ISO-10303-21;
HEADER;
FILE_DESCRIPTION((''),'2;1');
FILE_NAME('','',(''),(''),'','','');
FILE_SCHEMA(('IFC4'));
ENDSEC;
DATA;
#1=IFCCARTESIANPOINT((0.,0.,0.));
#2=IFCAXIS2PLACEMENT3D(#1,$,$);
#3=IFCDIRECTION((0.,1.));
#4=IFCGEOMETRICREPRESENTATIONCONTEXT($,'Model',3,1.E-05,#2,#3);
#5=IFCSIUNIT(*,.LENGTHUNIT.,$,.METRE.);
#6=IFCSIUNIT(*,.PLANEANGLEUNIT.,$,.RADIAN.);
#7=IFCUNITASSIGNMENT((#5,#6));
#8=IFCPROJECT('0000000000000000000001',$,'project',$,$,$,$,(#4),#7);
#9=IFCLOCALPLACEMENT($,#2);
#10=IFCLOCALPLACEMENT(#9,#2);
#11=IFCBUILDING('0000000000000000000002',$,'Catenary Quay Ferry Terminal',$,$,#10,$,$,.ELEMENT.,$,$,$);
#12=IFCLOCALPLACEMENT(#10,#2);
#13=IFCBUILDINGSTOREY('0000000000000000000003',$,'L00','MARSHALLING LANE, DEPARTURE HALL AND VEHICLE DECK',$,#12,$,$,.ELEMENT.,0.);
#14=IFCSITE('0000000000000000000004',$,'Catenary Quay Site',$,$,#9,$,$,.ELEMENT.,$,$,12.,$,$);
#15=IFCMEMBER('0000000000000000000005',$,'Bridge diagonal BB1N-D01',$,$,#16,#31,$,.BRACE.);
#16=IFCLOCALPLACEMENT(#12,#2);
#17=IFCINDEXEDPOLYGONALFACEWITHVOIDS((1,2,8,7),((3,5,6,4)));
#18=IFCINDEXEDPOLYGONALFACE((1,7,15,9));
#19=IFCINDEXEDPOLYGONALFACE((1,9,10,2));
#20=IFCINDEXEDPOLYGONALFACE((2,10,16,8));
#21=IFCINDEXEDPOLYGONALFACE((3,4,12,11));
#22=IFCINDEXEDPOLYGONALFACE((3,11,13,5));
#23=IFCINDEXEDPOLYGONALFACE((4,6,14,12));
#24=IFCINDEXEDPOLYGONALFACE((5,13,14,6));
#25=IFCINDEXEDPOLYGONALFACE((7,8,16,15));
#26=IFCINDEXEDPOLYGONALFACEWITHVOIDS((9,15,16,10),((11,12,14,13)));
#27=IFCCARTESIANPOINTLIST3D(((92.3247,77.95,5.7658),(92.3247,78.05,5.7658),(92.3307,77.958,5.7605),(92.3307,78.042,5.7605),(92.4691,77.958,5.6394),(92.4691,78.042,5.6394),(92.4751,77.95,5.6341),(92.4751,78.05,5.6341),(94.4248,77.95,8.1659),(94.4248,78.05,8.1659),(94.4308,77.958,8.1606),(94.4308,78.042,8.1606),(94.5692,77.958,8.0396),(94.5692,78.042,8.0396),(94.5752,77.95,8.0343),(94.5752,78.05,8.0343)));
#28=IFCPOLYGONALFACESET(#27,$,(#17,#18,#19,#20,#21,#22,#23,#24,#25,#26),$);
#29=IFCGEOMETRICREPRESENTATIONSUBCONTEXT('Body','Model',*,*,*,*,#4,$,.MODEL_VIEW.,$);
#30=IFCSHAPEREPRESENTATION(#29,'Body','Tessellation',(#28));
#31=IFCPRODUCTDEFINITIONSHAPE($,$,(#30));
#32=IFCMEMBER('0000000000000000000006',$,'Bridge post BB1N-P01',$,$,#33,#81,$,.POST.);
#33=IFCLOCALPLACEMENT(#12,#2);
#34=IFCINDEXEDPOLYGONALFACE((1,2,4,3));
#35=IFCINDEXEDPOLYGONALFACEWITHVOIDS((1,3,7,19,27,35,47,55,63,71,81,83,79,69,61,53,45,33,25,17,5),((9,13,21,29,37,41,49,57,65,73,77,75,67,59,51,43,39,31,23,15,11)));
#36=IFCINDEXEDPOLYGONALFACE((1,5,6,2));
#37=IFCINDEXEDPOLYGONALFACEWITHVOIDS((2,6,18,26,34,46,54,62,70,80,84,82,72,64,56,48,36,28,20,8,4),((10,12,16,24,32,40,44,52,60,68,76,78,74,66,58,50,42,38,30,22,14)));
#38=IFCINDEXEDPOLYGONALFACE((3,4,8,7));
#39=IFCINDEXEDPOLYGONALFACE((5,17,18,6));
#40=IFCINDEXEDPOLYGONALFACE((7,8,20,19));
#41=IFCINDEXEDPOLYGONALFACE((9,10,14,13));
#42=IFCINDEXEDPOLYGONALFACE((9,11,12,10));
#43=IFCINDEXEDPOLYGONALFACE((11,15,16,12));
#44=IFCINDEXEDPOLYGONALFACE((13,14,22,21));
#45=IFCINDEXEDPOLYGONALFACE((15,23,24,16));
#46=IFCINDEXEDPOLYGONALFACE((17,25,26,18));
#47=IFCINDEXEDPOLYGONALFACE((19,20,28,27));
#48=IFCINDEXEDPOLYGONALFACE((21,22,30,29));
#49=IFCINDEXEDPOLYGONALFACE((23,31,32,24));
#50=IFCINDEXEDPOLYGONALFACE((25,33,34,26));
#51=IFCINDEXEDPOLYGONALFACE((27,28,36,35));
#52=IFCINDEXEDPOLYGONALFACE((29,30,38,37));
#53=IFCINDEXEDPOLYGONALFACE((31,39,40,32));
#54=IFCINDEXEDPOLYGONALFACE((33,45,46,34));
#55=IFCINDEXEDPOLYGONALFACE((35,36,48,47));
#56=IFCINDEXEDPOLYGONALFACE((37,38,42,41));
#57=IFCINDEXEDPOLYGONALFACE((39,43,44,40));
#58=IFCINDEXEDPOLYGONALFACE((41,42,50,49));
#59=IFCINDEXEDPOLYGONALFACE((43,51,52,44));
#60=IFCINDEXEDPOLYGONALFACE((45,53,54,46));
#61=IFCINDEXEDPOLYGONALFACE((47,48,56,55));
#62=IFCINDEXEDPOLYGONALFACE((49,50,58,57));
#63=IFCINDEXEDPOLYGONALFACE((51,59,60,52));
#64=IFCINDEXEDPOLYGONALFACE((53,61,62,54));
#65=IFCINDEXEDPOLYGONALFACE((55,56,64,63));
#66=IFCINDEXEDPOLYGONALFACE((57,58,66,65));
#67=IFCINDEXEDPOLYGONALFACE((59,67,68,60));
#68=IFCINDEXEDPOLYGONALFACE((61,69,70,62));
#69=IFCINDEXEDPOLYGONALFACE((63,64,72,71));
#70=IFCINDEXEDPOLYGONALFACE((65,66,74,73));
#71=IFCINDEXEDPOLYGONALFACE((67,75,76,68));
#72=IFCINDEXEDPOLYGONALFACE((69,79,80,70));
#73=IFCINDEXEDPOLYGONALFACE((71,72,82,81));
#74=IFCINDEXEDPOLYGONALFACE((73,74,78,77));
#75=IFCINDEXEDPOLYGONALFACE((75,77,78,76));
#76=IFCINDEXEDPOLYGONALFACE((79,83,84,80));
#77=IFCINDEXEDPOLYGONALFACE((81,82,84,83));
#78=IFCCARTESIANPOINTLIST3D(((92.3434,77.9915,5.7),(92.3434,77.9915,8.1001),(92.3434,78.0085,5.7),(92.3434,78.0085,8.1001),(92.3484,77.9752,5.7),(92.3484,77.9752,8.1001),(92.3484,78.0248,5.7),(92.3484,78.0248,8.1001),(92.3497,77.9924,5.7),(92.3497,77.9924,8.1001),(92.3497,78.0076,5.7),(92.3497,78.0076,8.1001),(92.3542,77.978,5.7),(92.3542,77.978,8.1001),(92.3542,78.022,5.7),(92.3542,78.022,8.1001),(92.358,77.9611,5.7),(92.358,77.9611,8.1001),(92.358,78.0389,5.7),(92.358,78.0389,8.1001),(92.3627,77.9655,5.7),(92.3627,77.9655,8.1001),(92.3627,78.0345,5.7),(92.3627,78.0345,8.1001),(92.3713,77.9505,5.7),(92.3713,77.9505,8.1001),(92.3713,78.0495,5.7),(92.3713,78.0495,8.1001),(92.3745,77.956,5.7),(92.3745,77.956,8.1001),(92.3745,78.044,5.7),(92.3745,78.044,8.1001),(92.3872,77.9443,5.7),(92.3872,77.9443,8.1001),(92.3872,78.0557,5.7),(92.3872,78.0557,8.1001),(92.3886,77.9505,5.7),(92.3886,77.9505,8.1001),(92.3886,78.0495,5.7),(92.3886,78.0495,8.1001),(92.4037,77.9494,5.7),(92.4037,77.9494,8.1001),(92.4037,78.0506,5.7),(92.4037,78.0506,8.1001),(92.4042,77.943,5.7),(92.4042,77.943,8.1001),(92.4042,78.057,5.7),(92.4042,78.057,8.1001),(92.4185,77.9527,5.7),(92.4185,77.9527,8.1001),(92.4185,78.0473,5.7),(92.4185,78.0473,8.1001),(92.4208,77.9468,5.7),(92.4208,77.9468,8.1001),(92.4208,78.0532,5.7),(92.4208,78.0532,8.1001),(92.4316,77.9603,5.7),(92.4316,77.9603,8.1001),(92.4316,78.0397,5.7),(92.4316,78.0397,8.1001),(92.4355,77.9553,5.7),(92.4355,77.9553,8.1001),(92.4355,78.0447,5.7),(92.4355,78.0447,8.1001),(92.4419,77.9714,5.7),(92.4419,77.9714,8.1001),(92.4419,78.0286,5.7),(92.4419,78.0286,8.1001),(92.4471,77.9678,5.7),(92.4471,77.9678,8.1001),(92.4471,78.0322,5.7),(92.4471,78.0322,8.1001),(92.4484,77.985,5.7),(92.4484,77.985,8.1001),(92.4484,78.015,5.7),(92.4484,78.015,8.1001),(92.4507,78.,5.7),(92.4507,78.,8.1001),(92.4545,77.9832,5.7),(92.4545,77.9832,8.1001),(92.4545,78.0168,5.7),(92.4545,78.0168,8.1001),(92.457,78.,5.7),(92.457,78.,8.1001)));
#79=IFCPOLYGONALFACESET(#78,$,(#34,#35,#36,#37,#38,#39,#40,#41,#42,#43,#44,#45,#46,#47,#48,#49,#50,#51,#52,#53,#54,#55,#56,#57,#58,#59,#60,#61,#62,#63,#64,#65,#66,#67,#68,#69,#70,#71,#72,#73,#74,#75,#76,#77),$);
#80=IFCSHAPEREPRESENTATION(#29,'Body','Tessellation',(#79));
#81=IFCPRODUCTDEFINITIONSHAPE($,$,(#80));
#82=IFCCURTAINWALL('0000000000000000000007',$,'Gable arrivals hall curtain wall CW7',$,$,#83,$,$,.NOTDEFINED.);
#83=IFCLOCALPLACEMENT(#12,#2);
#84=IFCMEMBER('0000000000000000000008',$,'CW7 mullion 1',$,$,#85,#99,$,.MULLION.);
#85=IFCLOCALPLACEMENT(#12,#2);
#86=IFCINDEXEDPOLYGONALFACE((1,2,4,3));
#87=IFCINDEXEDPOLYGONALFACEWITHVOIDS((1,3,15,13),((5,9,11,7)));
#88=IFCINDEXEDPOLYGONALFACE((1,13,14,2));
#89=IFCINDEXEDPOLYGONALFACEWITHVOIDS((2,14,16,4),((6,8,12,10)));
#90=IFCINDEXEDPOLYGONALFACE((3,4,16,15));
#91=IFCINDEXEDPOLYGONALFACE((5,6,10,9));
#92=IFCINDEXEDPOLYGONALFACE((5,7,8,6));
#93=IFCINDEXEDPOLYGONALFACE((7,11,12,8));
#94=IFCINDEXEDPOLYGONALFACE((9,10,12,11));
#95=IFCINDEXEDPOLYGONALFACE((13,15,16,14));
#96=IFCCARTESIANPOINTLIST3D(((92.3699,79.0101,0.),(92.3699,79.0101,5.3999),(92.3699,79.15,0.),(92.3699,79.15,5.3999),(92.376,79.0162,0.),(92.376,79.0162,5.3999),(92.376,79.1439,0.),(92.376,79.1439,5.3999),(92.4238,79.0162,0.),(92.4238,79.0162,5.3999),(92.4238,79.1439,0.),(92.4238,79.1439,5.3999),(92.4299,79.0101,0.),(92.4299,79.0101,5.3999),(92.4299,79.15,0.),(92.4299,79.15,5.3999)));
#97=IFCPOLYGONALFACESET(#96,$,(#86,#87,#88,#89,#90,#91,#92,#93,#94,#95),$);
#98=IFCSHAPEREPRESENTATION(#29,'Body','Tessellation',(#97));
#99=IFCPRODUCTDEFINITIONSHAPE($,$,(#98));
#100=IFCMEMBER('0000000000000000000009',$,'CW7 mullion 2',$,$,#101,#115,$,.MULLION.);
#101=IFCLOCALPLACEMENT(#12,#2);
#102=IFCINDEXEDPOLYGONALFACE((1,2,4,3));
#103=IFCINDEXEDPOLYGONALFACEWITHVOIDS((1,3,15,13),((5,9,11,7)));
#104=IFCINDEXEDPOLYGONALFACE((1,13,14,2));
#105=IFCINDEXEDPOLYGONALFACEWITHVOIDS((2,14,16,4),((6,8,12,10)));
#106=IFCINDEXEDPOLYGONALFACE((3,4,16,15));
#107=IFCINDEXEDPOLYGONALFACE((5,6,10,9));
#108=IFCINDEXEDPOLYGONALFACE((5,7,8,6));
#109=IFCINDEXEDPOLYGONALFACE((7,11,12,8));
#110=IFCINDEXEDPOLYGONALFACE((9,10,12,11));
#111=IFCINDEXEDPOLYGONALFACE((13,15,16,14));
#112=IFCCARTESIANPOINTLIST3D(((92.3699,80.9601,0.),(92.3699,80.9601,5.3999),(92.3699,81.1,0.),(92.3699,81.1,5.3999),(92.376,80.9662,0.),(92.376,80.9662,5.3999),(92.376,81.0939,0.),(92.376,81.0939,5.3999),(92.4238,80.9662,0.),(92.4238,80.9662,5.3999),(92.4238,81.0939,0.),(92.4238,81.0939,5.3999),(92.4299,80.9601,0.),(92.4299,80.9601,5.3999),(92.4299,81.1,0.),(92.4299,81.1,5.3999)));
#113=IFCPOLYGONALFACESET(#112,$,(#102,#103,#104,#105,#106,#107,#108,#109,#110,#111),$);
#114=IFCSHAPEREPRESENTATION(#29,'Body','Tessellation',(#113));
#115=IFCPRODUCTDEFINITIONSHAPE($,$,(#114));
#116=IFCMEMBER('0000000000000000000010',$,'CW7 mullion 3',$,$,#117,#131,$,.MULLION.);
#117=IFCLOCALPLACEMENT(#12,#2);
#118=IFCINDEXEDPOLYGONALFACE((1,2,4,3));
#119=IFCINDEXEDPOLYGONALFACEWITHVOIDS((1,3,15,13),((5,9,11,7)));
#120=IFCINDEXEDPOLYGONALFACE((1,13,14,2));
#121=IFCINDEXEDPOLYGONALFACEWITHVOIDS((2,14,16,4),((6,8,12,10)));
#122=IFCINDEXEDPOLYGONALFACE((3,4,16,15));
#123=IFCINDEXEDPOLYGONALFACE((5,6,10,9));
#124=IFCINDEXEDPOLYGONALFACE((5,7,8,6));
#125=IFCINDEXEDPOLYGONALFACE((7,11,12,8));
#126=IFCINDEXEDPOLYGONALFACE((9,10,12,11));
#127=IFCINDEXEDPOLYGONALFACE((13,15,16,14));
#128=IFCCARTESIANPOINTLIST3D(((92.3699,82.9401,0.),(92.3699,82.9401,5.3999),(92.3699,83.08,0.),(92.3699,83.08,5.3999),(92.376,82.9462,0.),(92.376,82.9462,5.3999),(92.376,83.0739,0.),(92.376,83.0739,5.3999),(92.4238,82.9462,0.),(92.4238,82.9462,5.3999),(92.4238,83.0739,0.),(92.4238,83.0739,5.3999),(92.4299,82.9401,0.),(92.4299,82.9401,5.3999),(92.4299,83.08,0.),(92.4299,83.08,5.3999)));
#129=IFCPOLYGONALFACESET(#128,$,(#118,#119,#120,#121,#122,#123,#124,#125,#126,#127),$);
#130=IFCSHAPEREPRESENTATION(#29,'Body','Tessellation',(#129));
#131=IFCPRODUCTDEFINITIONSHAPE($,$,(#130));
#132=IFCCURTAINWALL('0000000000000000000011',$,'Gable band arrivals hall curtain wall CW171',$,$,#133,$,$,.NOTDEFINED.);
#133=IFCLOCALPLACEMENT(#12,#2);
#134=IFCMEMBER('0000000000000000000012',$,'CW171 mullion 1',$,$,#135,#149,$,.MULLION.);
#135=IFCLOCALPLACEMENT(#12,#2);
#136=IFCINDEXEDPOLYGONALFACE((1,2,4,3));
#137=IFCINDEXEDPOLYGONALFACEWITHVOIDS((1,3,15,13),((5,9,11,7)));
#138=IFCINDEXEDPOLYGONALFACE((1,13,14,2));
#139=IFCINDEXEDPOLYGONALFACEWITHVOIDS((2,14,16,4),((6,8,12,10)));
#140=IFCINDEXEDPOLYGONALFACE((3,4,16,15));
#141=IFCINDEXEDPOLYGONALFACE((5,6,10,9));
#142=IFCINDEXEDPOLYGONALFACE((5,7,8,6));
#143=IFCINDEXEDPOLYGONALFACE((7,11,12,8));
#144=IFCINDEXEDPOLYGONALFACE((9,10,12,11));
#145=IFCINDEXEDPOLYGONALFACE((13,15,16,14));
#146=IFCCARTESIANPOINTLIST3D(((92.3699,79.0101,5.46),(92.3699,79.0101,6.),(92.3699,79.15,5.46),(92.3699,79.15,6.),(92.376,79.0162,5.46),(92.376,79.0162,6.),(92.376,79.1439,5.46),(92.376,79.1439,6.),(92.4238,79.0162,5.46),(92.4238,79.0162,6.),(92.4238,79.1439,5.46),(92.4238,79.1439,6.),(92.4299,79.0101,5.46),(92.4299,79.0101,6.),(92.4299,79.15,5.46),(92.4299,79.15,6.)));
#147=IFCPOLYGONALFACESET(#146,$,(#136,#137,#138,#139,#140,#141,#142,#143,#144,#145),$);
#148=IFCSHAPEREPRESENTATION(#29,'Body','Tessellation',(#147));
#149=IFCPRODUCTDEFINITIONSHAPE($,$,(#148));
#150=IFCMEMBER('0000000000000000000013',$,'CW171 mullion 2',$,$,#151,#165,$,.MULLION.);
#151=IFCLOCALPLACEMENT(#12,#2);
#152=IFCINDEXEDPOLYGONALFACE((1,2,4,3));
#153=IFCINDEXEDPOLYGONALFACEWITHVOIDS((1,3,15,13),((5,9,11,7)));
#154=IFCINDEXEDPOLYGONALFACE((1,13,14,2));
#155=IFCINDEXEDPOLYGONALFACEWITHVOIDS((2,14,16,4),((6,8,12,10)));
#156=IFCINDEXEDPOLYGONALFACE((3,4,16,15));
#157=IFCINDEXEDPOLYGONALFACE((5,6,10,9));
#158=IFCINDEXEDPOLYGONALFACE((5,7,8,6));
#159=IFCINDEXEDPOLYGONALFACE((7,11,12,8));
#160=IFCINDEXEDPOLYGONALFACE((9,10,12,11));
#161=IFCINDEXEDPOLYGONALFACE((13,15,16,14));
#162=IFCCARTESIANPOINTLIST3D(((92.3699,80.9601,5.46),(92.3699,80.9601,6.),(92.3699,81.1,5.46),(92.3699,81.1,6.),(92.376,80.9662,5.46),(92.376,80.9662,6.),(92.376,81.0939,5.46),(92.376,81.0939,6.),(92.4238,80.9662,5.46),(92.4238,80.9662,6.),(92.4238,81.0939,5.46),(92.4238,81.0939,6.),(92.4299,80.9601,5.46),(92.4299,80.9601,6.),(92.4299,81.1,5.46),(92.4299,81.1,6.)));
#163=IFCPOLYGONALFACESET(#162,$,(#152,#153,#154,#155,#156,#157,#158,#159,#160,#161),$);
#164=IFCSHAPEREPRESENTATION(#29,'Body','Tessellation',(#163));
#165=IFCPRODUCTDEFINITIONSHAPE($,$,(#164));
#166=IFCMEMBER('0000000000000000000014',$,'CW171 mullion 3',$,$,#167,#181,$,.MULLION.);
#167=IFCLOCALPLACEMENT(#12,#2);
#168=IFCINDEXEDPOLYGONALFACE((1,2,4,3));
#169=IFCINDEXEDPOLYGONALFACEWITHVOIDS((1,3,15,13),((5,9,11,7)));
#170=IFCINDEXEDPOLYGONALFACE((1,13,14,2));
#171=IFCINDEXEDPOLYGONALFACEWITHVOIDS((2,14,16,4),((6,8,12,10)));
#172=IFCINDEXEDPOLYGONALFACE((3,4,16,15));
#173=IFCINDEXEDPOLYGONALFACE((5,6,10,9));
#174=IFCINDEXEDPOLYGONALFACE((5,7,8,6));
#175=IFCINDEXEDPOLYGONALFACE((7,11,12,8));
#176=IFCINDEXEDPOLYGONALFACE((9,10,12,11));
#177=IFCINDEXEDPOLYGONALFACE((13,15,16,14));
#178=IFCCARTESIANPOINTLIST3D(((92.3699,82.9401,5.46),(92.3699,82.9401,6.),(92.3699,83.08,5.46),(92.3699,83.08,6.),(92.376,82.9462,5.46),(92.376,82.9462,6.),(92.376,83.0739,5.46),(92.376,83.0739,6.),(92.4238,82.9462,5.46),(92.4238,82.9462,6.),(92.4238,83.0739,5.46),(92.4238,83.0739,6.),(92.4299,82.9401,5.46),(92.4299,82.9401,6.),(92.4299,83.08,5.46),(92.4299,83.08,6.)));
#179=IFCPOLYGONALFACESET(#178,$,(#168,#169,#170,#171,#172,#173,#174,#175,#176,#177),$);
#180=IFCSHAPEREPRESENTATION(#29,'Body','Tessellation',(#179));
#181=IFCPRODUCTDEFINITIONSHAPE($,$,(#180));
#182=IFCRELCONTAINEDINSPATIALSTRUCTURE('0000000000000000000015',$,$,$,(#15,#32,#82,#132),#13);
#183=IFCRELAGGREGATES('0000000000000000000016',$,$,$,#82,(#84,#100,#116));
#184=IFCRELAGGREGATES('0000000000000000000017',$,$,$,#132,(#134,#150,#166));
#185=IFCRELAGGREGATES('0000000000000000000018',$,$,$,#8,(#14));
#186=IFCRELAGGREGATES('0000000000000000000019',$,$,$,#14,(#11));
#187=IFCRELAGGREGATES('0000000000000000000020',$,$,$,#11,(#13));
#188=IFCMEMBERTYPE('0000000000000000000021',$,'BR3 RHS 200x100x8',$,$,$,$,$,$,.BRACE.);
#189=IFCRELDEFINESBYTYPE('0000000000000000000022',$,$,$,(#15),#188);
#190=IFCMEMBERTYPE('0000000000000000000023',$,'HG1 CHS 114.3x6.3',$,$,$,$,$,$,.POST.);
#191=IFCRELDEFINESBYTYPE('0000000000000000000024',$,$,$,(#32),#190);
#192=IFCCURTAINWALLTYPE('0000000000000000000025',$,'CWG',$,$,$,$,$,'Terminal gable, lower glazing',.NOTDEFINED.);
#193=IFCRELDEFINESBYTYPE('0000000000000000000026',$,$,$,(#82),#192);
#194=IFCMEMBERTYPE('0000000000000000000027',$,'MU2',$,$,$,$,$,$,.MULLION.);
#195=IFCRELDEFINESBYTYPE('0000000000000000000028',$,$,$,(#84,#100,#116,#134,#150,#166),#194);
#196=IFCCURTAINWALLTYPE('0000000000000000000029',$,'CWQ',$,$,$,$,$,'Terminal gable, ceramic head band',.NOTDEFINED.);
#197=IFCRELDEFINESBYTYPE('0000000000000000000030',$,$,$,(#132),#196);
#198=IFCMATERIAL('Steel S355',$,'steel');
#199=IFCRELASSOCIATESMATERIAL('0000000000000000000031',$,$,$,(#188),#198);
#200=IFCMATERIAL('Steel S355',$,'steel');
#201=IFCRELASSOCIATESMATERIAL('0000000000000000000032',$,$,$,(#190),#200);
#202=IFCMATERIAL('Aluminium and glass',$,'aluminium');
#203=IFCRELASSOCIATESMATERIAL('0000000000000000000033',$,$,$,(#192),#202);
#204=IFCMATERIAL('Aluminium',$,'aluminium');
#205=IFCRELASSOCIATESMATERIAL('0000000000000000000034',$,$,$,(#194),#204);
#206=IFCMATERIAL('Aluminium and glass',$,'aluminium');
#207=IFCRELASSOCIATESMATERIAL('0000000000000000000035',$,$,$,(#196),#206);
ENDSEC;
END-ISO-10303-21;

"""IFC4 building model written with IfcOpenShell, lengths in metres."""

from ifc_helpers import new_model, si_unit, direction, frame, origin, origin_2d, place, context, subcontext, project, spatial, hollow_rectangle, hollow_circle, extrude, material, material_profile, profile_set, type_object, element, aggregate, save


model = new_model("IFC4")

# Units and contexts
model_context = context("Model", 3, precision=1e-05, world=origin(), true_north=direction((0.0, 1.0)))
body_context = subcontext(model_context, "Body", "Model", "MODEL_VIEW")
ifc_project = project(units=[si_unit("LENGTHUNIT", "METRE"), si_unit("PLANEANGLEUNIT", "RADIAN")], contexts=[model_context])

# Site, building, storey
site_placement = place(None, origin())
site = spatial("IfcSite", under=ifc_project, at=site_placement, Name="Catenary Quay Site", CompositionType="ELEMENT", RefElevation=12.0)
building_placement = place(site_placement, origin())
building = spatial("IfcBuilding", under=site, at=building_placement, Name="Catenary Quay Ferry Terminal", CompositionType="ELEMENT")
storey_placement = place(building_placement, origin())
storey = spatial("IfcBuildingStorey", under=building, at=storey_placement, Name="L00", Description="MARSHALLING LANE, DEPARTURE HALL AND VEHICLE DECK", CompositionType="ELEMENT", Elevation=0.0)

# Members
ifc_material_1 = material(Name="Steel S355", Category="steel")
ifc_material_profile_1 = material_profile(ifc_material_1, hollow_rectangle(XDim=0.1001, YDim=0.2, WallThickness=0.0081, at=origin_2d()), Name="RHS 200x100x8")
ifc_profile_set_1 = profile_set([ifc_material_profile_1], Name="Steel S355")
member_type_1 = type_object("IfcMemberType", Name="BR3 RHS 200x100x8", PredefinedType="BRACE", material=ifc_profile_set_1)
member_1_placement = place(storey_placement, frame((92.3999, 78.0, 5.7), z_axis=(0.658499, 0.0, 0.752581), x_axis=(0.0, 1.0, 0.0)))
element("IfcMember", 1, at=member_1_placement, inside=storey, type_object=member_type_1, Name="Bridge diagonal BB1N-D01", PredefinedType="BRACE", context=body_context, shape_type="SweptSolid", body=[
    extrude(hollow_rectangle(XDim=0.1001, YDim=0.2, WallThickness=0.0081, at=origin_2d()), origin(), (0.0, 0.0, 1.0), 3.1892),
])
ifc_material_2 = material(Name="Steel S355", Category="steel")
ifc_material_profile_2 = material_profile(ifc_material_2, hollow_circle(Radius=0.0571, WallThickness=0.0063, at=origin_2d()), Name="CHS 114.3x6.3")
ifc_profile_set_2 = profile_set([ifc_material_profile_2], Name="Steel S355")
member_type_2 = type_object("IfcMemberType", Name="HG1 CHS 114.3x6.3", PredefinedType="POST", material=ifc_profile_set_2)
member_2_placement = place(storey_placement, frame((92.3999, 78.0, 5.7), z_axis=(0.0, 0.0, 1.0), x_axis=(1.0, 0.0, 0.0)))
element("IfcMember", 2, at=member_2_placement, inside=storey, type_object=member_type_2, Name="Bridge post BB1N-P01", PredefinedType="POST", context=body_context, shape_type="SweptSolid", body=[
    extrude(hollow_circle(Radius=0.0571, WallThickness=0.0063, at=origin_2d()), origin(), (0.0, 0.0, 1.0), 2.4001),
])

# Curtain walls, members
ifc_material_3 = material(Name="Aluminium and glass", Category="aluminium")
curtain_wall_type_1 = type_object("IfcCurtainWallType", Name="CWG", ElementType="Terminal gable, lower glazing", PredefinedType="NOTDEFINED", material=ifc_material_3)
curtain_wall_1_placement = place(storey_placement, origin())
curtain_wall_1 = element("IfcCurtainWall", 3, at=curtain_wall_1_placement, inside=storey, type_object=curtain_wall_type_1, Name="Gable arrivals hall curtain wall CW7", PredefinedType="NOTDEFINED")
ifc_material_4 = material(Name="Aluminium", Category="aluminium")
ifc_material_profile_3 = material_profile(ifc_material_4, hollow_rectangle(XDim=0.0601, YDim=0.1399, WallThickness=0.0061, at=origin_2d()), Name="MU2")
ifc_profile_set_3 = profile_set([ifc_material_profile_3], Name="Aluminium")
member_type_3 = type_object("IfcMemberType", Name="MU2", PredefinedType="MULLION", material=ifc_profile_set_3)
member_3_placement = place(storey_placement, frame((92.3999, 79.0801, 0.0), z_axis=(0.0, 0.0, 1.0), x_axis=(-1.0, 0.0, 0.0)))
member_3 = element("IfcMember", 4, at=member_3_placement, type_object=member_type_3, Name="CW7 mullion 1", PredefinedType="MULLION", context=body_context, shape_type="SweptSolid", body=[
    extrude(hollow_rectangle(XDim=0.0601, YDim=0.1399, WallThickness=0.0061, at=origin_2d()), origin(), (0.0, 0.0, 1.0), 5.3999),
])
member_4_placement = place(storey_placement, frame((92.3999, 81.03, 0.0), z_axis=(0.0, 0.0, 1.0), x_axis=(-1.0, 0.0, 0.0)))
member_4 = element("IfcMember", 5, at=member_4_placement, type_object=member_type_3, Name="CW7 mullion 2", PredefinedType="MULLION", context=body_context, shape_type="SweptSolid", body=[
    extrude(hollow_rectangle(XDim=0.0601, YDim=0.1399, WallThickness=0.0061, at=origin_2d()), origin(), (0.0, 0.0, 1.0), 5.3999),
])
member_5_placement = place(storey_placement, frame((92.3999, 83.01, 0.0), z_axis=(0.0, 0.0, 1.0), x_axis=(-1.0, 0.0, 0.0)))
member_5 = element("IfcMember", 6, at=member_5_placement, type_object=member_type_3, Name="CW7 mullion 3", PredefinedType="MULLION", context=body_context, shape_type="SweptSolid", body=[
    extrude(hollow_rectangle(XDim=0.0601, YDim=0.1399, WallThickness=0.0061, at=origin_2d()), origin(), (0.0, 0.0, 1.0), 5.3999),
])
ifc_material_5 = material(Name="Aluminium and glass", Category="aluminium")
curtain_wall_type_2 = type_object("IfcCurtainWallType", Name="CWQ", ElementType="Terminal gable, ceramic head band", PredefinedType="NOTDEFINED", material=ifc_material_5)
curtain_wall_2_placement = place(storey_placement, origin())
curtain_wall_2 = element("IfcCurtainWall", 7, at=curtain_wall_2_placement, inside=storey, type_object=curtain_wall_type_2, Name="Gable band arrivals hall curtain wall CW171", PredefinedType="NOTDEFINED")
member_6_placement = place(storey_placement, frame((92.3999, 79.0801, 5.46), z_axis=(0.0, 0.0, 1.0), x_axis=(-1.0, 0.0, 0.0)))
member_6 = element("IfcMember", 8, at=member_6_placement, type_object=member_type_3, Name="CW171 mullion 1", PredefinedType="MULLION", context=body_context, shape_type="SweptSolid", body=[
    extrude(hollow_rectangle(XDim=0.0601, YDim=0.1399, WallThickness=0.0061, at=origin_2d()), origin(), (0.0, 0.0, 1.0), 0.54),
])
member_7_placement = place(storey_placement, frame((92.3999, 81.03, 5.46), z_axis=(0.0, 0.0, 1.0), x_axis=(-1.0, 0.0, 0.0)))
member_7 = element("IfcMember", 9, at=member_7_placement, type_object=member_type_3, Name="CW171 mullion 2", PredefinedType="MULLION", context=body_context, shape_type="SweptSolid", body=[
    extrude(hollow_rectangle(XDim=0.0601, YDim=0.1399, WallThickness=0.0061, at=origin_2d()), origin(), (0.0, 0.0, 1.0), 0.54),
])
member_8_placement = place(storey_placement, frame((92.3999, 83.01, 5.46), z_axis=(0.0, 0.0, 1.0), x_axis=(-1.0, 0.0, 0.0)))
member_8 = element("IfcMember", 10, at=member_8_placement, type_object=member_type_3, Name="CW171 mullion 3", PredefinedType="MULLION", context=body_context, shape_type="SweptSolid", body=[
    extrude(hollow_rectangle(XDim=0.0601, YDim=0.1399, WallThickness=0.0061, at=origin_2d()), origin(), (0.0, 0.0, 1.0), 0.54),
])

aggregate(curtain_wall_1, [member_3, member_4, member_5])
aggregate(curtain_wall_2, [member_6, member_7, member_8])

save(model, "model.ifc")
